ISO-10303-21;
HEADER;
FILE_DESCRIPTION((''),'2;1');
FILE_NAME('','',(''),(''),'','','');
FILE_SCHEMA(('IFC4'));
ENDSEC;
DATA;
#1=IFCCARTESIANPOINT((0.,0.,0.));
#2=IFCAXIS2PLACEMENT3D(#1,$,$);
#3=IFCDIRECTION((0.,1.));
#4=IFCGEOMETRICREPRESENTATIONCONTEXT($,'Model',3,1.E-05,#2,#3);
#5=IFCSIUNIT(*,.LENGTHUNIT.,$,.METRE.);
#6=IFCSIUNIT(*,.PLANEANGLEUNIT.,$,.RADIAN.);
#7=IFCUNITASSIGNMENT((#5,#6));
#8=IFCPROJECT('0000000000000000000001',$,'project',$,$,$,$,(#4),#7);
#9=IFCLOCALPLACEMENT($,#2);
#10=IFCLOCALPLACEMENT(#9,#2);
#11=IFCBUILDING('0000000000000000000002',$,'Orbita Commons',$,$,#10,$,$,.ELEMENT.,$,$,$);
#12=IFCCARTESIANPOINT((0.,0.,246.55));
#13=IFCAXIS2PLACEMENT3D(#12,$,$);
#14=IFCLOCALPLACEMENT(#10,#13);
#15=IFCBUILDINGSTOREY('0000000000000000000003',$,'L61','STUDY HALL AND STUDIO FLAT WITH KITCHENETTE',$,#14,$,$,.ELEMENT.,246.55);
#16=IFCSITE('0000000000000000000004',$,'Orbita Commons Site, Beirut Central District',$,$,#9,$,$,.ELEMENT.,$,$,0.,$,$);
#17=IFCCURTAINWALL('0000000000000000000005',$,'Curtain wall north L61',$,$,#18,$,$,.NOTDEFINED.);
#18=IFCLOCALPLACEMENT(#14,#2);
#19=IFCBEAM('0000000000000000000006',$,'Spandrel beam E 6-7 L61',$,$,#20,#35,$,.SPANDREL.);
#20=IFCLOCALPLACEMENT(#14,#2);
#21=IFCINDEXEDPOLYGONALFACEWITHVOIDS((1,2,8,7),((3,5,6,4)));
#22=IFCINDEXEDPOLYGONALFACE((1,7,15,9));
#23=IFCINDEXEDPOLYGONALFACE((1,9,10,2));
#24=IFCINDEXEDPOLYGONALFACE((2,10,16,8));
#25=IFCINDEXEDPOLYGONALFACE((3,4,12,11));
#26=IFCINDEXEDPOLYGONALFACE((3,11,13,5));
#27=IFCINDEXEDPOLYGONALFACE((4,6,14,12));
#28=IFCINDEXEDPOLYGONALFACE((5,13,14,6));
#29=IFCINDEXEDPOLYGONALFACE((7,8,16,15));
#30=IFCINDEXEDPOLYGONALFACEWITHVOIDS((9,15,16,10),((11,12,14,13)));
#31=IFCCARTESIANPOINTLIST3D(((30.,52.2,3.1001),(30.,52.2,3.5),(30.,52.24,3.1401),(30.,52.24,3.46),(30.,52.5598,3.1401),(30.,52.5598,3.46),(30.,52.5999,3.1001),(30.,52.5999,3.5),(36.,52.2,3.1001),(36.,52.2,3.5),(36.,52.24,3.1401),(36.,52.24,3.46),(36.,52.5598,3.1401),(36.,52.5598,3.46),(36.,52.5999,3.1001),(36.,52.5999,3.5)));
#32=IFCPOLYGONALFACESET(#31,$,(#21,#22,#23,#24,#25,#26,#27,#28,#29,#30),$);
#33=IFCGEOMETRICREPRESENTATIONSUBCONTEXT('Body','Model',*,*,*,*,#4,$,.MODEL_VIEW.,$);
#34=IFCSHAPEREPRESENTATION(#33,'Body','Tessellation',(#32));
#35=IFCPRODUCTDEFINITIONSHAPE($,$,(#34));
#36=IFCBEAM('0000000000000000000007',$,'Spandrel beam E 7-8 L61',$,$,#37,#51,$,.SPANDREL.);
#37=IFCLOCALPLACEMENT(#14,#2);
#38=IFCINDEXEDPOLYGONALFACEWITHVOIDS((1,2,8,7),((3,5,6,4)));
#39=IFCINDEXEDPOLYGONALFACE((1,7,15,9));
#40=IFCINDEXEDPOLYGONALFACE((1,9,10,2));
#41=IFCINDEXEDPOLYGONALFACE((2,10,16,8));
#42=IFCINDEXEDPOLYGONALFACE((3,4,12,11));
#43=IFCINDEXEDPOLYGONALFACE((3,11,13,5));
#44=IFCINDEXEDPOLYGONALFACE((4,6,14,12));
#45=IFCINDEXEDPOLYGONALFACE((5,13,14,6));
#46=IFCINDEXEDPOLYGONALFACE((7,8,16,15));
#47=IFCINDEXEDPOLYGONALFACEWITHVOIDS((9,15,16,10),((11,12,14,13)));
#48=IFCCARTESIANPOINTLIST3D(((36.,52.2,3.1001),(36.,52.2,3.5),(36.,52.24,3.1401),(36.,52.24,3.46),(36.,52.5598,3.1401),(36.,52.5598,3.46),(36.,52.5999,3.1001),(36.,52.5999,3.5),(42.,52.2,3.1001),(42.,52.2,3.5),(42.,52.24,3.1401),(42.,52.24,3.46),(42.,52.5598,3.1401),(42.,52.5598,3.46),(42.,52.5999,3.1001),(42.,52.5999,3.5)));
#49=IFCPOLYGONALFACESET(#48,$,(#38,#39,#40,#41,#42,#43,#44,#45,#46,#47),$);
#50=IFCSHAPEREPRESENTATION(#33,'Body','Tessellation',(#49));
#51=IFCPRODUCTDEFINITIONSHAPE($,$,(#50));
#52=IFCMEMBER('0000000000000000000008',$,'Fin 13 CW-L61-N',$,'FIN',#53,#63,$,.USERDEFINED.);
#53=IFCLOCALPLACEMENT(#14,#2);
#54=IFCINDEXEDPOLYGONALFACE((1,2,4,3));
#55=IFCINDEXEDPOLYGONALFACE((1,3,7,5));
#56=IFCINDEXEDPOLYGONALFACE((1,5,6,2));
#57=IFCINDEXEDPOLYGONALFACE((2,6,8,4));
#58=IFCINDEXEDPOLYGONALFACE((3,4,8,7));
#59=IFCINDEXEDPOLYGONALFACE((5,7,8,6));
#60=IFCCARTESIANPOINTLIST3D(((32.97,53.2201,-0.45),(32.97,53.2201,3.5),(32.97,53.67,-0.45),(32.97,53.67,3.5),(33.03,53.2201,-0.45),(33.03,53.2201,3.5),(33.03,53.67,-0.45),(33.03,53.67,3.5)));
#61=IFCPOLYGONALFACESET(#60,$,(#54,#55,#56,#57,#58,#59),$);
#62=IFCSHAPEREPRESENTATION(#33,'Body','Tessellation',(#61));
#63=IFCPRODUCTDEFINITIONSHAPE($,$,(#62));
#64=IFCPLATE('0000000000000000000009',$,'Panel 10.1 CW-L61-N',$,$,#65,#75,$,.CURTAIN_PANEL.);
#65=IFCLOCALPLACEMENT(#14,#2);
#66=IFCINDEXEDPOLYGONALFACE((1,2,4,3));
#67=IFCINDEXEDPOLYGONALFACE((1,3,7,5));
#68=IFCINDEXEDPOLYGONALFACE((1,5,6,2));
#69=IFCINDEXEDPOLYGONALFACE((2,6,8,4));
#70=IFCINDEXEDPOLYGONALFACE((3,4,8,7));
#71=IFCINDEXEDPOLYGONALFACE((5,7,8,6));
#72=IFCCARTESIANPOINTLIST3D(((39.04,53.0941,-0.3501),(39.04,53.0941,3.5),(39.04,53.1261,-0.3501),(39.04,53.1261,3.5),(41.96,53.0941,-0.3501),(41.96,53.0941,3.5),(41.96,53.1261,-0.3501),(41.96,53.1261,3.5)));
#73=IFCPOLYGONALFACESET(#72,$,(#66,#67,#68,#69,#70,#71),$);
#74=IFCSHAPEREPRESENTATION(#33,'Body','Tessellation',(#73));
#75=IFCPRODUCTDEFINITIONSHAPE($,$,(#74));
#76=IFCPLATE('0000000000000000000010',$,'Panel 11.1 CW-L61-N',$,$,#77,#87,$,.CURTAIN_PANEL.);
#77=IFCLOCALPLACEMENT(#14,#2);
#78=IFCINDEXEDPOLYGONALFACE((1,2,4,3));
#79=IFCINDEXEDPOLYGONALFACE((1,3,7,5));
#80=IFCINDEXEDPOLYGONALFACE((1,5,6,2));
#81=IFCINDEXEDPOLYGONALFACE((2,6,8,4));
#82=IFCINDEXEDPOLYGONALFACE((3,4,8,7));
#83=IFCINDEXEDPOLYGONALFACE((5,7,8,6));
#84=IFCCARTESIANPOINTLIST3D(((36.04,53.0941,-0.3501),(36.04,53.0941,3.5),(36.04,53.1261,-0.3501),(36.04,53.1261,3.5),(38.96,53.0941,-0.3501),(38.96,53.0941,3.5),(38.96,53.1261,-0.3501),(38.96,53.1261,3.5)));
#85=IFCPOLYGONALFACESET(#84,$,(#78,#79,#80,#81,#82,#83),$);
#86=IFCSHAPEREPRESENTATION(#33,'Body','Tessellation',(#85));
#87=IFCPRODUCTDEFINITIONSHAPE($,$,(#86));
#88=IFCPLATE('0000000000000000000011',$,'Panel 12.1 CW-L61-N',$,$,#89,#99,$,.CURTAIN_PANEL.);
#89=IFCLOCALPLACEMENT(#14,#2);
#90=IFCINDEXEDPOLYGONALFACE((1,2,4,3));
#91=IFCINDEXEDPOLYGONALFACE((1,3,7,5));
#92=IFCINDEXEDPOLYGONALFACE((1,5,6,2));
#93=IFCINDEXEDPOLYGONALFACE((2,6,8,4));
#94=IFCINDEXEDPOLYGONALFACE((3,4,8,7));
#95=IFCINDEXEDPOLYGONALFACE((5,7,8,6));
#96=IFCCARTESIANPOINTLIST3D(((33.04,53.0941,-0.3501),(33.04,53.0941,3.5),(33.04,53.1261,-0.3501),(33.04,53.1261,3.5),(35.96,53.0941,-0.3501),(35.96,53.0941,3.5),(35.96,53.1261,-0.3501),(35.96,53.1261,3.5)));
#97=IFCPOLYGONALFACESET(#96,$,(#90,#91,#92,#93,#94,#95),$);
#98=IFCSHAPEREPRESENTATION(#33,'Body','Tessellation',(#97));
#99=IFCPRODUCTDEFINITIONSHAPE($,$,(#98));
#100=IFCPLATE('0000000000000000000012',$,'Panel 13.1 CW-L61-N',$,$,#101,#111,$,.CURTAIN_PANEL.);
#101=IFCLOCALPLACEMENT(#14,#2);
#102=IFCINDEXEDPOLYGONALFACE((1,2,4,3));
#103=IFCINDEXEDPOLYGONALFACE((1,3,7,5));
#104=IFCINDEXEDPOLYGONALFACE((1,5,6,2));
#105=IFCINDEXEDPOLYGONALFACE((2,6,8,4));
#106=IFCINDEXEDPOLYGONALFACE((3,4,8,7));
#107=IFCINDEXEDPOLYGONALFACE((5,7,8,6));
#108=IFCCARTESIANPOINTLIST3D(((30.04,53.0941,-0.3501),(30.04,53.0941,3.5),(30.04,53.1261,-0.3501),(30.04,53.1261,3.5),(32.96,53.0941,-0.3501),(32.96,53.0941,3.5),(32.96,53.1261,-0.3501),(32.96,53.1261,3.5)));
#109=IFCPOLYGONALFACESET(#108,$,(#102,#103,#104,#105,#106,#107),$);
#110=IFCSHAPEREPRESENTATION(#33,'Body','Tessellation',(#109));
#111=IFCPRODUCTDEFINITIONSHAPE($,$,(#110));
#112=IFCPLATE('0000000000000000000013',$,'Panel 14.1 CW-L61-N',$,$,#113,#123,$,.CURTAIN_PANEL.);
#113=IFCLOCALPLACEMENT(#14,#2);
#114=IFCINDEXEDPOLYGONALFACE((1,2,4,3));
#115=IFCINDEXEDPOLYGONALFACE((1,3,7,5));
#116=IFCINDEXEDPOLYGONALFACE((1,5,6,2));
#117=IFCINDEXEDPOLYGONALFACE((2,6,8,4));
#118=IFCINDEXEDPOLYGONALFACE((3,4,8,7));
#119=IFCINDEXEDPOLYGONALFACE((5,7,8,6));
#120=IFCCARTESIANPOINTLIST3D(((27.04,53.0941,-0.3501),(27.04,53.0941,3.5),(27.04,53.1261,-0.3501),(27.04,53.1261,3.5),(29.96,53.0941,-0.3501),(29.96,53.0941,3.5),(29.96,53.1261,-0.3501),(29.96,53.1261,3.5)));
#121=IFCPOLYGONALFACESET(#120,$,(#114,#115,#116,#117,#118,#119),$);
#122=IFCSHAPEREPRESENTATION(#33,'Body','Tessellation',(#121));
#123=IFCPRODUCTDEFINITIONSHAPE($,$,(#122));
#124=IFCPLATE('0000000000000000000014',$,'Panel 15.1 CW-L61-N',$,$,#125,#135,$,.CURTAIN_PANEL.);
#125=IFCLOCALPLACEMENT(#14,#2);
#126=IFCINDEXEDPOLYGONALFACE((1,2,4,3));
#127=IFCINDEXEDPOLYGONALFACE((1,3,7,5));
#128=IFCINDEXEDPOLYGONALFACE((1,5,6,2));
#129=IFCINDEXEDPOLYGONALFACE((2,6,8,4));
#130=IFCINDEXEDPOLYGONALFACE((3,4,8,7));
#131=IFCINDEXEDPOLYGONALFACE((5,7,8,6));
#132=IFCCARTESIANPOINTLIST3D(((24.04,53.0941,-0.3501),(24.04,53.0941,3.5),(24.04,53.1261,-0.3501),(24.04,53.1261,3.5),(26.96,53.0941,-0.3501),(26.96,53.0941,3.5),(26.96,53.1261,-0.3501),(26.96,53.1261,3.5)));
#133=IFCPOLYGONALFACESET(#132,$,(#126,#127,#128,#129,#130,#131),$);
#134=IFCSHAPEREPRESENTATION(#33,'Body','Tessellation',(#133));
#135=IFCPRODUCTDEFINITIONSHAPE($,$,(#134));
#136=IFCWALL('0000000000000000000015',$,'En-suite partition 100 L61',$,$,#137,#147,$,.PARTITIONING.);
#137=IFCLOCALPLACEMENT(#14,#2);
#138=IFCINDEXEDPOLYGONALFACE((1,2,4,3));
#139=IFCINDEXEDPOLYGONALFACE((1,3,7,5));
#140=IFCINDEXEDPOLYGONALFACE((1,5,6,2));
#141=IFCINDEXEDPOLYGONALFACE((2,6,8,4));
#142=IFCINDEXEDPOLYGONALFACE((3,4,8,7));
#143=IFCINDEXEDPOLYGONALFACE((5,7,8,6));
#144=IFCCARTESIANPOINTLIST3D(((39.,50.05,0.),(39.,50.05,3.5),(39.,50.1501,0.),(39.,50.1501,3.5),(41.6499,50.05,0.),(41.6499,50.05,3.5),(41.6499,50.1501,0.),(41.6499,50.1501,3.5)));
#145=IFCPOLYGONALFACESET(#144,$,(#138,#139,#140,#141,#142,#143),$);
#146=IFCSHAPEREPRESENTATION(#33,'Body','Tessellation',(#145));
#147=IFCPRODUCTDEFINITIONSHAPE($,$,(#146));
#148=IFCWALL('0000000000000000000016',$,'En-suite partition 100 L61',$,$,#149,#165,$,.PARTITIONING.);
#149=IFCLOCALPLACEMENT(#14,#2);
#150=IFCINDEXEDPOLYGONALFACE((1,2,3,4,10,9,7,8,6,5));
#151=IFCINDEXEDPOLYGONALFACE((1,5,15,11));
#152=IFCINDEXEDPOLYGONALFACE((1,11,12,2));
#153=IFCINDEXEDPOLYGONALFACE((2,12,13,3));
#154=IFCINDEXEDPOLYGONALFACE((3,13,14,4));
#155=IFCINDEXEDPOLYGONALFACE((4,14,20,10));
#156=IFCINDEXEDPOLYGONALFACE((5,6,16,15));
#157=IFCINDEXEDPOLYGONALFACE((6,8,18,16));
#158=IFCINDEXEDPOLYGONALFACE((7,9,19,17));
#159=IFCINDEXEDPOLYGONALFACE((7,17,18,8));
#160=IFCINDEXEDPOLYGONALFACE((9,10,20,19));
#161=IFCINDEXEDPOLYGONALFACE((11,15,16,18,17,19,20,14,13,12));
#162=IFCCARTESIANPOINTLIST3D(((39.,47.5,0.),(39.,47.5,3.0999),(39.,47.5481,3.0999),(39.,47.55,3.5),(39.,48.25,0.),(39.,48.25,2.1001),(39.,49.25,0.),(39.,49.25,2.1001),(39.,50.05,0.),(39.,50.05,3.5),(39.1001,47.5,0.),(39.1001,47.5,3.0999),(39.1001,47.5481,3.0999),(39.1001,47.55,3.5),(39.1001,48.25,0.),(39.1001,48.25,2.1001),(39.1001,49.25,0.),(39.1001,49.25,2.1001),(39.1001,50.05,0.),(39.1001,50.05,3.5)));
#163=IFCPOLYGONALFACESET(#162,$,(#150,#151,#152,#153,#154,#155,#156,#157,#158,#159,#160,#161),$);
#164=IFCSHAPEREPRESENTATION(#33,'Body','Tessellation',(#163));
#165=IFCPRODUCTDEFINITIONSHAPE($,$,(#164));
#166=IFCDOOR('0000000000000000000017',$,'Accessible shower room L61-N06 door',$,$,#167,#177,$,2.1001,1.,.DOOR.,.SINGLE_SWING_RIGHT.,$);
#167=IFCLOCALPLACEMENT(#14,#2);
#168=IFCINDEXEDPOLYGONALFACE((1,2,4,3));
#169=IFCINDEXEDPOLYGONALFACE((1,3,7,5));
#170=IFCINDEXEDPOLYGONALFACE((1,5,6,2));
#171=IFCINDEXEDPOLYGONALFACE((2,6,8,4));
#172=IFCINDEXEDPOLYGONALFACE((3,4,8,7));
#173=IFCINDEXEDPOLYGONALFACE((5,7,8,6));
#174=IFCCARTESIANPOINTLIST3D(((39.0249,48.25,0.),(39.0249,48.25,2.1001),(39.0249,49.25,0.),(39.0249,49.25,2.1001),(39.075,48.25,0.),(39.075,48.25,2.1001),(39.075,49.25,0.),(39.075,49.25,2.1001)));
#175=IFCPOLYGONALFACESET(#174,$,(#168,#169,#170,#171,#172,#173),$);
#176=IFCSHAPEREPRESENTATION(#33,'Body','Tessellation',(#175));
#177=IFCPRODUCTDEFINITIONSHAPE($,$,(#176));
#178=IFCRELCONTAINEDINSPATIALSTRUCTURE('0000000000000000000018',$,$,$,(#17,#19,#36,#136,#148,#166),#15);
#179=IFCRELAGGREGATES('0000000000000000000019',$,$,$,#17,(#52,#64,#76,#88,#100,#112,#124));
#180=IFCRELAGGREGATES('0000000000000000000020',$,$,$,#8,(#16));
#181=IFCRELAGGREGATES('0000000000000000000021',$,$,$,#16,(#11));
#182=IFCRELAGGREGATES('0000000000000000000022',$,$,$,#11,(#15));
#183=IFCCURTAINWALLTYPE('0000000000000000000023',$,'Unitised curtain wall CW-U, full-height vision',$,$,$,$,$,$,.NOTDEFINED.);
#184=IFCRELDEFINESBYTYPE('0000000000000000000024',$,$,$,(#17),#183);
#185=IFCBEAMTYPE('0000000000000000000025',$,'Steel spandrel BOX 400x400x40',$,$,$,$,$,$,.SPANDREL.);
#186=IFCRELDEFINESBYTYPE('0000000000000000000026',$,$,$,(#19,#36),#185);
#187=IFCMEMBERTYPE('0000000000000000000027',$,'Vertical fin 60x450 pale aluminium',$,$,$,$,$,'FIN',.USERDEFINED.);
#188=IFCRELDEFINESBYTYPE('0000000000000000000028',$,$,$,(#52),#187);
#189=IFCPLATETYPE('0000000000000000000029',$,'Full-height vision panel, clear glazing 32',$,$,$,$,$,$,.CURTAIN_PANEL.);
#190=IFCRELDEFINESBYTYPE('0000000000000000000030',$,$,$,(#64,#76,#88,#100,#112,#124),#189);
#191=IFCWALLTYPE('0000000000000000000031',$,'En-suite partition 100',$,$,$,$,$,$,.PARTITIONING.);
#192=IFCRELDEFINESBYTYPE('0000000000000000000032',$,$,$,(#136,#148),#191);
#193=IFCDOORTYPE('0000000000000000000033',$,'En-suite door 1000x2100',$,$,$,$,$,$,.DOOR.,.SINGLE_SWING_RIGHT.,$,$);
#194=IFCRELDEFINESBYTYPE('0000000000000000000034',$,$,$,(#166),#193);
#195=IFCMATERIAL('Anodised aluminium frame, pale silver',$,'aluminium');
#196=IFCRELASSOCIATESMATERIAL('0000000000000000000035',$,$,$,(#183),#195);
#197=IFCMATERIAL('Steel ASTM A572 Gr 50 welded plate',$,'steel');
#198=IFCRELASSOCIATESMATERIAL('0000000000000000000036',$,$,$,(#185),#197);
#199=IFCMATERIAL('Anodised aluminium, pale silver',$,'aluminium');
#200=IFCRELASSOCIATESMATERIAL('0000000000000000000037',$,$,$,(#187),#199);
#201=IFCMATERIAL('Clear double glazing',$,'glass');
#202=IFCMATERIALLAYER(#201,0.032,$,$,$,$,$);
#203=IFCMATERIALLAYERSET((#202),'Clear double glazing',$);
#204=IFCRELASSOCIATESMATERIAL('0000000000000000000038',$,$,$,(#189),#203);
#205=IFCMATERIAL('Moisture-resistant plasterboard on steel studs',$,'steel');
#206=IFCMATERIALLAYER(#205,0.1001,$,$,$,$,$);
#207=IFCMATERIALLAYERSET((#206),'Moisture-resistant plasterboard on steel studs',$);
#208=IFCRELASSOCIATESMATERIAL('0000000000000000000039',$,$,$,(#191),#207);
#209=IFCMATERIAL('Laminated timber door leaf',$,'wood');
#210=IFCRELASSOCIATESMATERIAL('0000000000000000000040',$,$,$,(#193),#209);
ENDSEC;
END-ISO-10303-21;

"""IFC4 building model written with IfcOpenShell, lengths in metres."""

from ifc_helpers import new_model, si_unit, direction, frame, frame_2d, origin, origin_2d, place, context, subcontext, project, spatial, polyline, rectangle, hollow_rectangle, outline, extrude, material, layer, layer_set, material_profile, profile_set, type_object, element, fill, aggregate, save


model = new_model("IFC4")

# Units and contexts
model_context = context("Model", 3, precision=1e-05, world=origin(), true_north=direction((0.0, 1.0)))
body_context = subcontext(model_context, "Body", "Model", "MODEL_VIEW")
ifc_project = project(units=[si_unit("LENGTHUNIT", "METRE"), si_unit("PLANEANGLEUNIT", "RADIAN")], contexts=[model_context])

# Site, building, storey
site_placement = place(None, origin())
site = spatial("IfcSite", under=ifc_project, at=site_placement, Name="Orbita Commons Site, Beirut Central District", CompositionType="ELEMENT", RefElevation=0.0)
building_placement = place(site_placement, origin())
building = spatial("IfcBuilding", under=site, at=building_placement, Name="Orbita Commons", CompositionType="ELEMENT")
storey_placement = place(building_placement, frame((0.0, 0.0, 246.55)))
storey = spatial("IfcBuildingStorey", under=building, at=storey_placement, Name="L61", Description="STUDY HALL AND STUDIO FLAT WITH KITCHENETTE", CompositionType="ELEMENT", Elevation=246.55)

# Curtain wall
ifc_material_1 = material(Name="Anodised aluminium frame, pale silver", Category="aluminium")
curtain_wall_type = type_object("IfcCurtainWallType", Name="Unitised curtain wall CW-U, full-height vision", PredefinedType="NOTDEFINED", material=ifc_material_1)
curtain_wall_placement = place(storey_placement, origin())
curtain_wall = element("IfcCurtainWall", 1, at=curtain_wall_placement, inside=storey, type_object=curtain_wall_type, Name="Curtain wall north L61", PredefinedType="NOTDEFINED")

# Beams
ifc_material_2 = material(Name="Steel ASTM A572 Gr 50 welded plate", Category="steel")
ifc_material_profile_1 = material_profile(ifc_material_2, hollow_rectangle(XDim=0.3999, YDim=0.3999, WallThickness=0.04, at=origin_2d()), Name="BOX 400x400x40")
ifc_profile_set_1 = profile_set([ifc_material_profile_1], Name="Steel ASTM A572 Gr 50 welded plate")
beam_type = type_object("IfcBeamType", Name="Steel spandrel BOX 400x400x40", PredefinedType="SPANDREL", material=ifc_profile_set_1)
for number, where, z_axis, x_axis, name in (
    (2, (30.0, 52.3999, 3.3), (1.0, 0.0, 0.0), (0.0, 1.0, 0.0), "Spandrel beam E 6-7 L61"),
    (3, (36.0, 52.3999, 3.3), (1.0, 0.0, 0.0), (0.0, 1.0, 0.0), "Spandrel beam E 7-8 L61"),
):
    element("IfcBeam", number, at=place(storey_placement, frame(where, z_axis=z_axis, x_axis=x_axis)), inside=storey, type_object=beam_type, Name=name, PredefinedType="SPANDREL", context=body_context, shape_type="SweptSolid", body=[
        extrude(hollow_rectangle(XDim=0.3999, YDim=0.3999, WallThickness=0.04, at=origin_2d()), origin(), (0.0, 0.0, 1.0), 6.0),
    ])

# Member
ifc_material_3 = material(Name="Anodised aluminium, pale silver", Category="aluminium")
ifc_material_profile_2 = material_profile(ifc_material_3, rectangle(XDim=0.0601, YDim=0.45, at=origin_2d()), Name="FIN 60x450")
ifc_profile_set_2 = profile_set([ifc_material_profile_2], Name="Anodised aluminium, pale silver")
member_type_1 = type_object("IfcMemberType", Name="Vertical fin 60x450 pale aluminium", ElementType="FIN", PredefinedType="USERDEFINED", material=ifc_profile_set_2)
member_1_placement = place(storey_placement, frame((33.0, 53.4451, -0.45), z_axis=(0.0, 0.0, 1.0), x_axis=(-1.0, 0.0, 0.0)))
member_1 = element("IfcMember", 4, at=member_1_placement, type_object=member_type_1, Name="Fin 13 CW-L61-N", ObjectType="FIN", PredefinedType="USERDEFINED", context=body_context, shape_type="SweptSolid", body=[
    extrude(rectangle(XDim=0.0601, YDim=0.45, at=origin_2d()), origin(), (0.0, 0.0, 1.0), 3.95),
])

# Plates
ifc_material_4 = material(Name="Clear double glazing", Category="glass")
ifc_layer_1 = layer(ifc_material_4, 0.032)
ifc_layer_set_1 = layer_set([ifc_layer_1], Name="Clear double glazing")
plate_type = type_object("IfcPlateType", Name="Full-height vision panel, clear glazing 32", PredefinedType="CURTAIN_PANEL", material=ifc_layer_set_1)
plate_1_placement = place(storey_placement, frame((40.5, 53.1101, -0.3501), z_axis=(0.0, 0.0, 1.0), x_axis=(-1.0, 0.0, 0.0)))
plate_1 = element("IfcPlate", 5, at=plate_1_placement, type_object=plate_type, Name="Panel 10.1 CW-L61-N", PredefinedType="CURTAIN_PANEL", context=body_context, shape_type="SweptSolid", body=[
    extrude(rectangle(XDim=2.9199, YDim=0.032, at=origin_2d()), origin(), (0.0, 0.0, 1.0), 3.8501),
])
plate_2_placement = place(storey_placement, frame((37.5, 53.1101, -0.3501), z_axis=(0.0, 0.0, 1.0), x_axis=(-1.0, 0.0, 0.0)))
plate_2 = element("IfcPlate", 6, at=plate_2_placement, type_object=plate_type, Name="Panel 11.1 CW-L61-N", PredefinedType="CURTAIN_PANEL", context=body_context, shape_type="SweptSolid", body=[
    extrude(rectangle(XDim=2.9199, YDim=0.032, at=origin_2d()), origin(), (0.0, 0.0, 1.0), 3.8501),
])
plate_3_placement = place(storey_placement, frame((34.5, 53.1101, -0.3501), z_axis=(0.0, 0.0, 1.0), x_axis=(-1.0, 0.0, 0.0)))
plate_3 = element("IfcPlate", 7, at=plate_3_placement, type_object=plate_type, Name="Panel 12.1 CW-L61-N", PredefinedType="CURTAIN_PANEL", context=body_context, shape_type="SweptSolid", body=[
    extrude(rectangle(XDim=2.9199, YDim=0.032, at=origin_2d()), origin(), (0.0, 0.0, 1.0), 3.8501),
])
plate_4_placement = place(storey_placement, frame((31.5, 53.1101, -0.3501), z_axis=(0.0, 0.0, 1.0), x_axis=(-1.0, 0.0, 0.0)))
plate_4 = element("IfcPlate", 8, at=plate_4_placement, type_object=plate_type, Name="Panel 13.1 CW-L61-N", PredefinedType="CURTAIN_PANEL", context=body_context, shape_type="SweptSolid", body=[
    extrude(rectangle(XDim=2.9199, YDim=0.032, at=origin_2d()), origin(), (0.0, 0.0, 1.0), 3.8501),
])
plate_5_placement = place(storey_placement, frame((28.5, 53.1101, -0.3501), z_axis=(0.0, 0.0, 1.0), x_axis=(-1.0, 0.0, 0.0)))
plate_5 = element("IfcPlate", 9, at=plate_5_placement, type_object=plate_type, Name="Panel 14.1 CW-L61-N", PredefinedType="CURTAIN_PANEL", context=body_context, shape_type="SweptSolid", body=[
    extrude(rectangle(XDim=2.9199, YDim=0.032, at=origin_2d()), origin(), (0.0, 0.0, 1.0), 3.8501),
])
plate_6_placement = place(storey_placement, frame((25.5, 53.1101, -0.3501), z_axis=(0.0, 0.0, 1.0), x_axis=(-1.0, 0.0, 0.0)))
plate_6 = element("IfcPlate", 10, at=plate_6_placement, type_object=plate_type, Name="Panel 15.1 CW-L61-N", PredefinedType="CURTAIN_PANEL", context=body_context, shape_type="SweptSolid", body=[
    extrude(rectangle(XDim=2.9199, YDim=0.032, at=origin_2d()), origin(), (0.0, 0.0, 1.0), 3.8501),
])
aggregate(curtain_wall, [member_1, plate_1, plate_2, plate_3, plate_4, plate_5, plate_6])

# Wall
ifc_material_5 = material(Name="Moisture-resistant plasterboard on steel studs", Category="steel")
ifc_layer_2 = layer(ifc_material_5, 0.1001)
ifc_layer_set_2 = layer_set([ifc_layer_2], Name="Moisture-resistant plasterboard on steel studs")
wall_type_1 = type_object("IfcWallType", Name="En-suite partition 100", PredefinedType="PARTITIONING", material=ifc_layer_set_2)
wall_1_placement = place(storey_placement, frame((39.0, 50.1001, 0.0), z_axis=(0.0, 0.0, 1.0), x_axis=(1.0, 0.0, 0.0)))
element("IfcWall", 11, at=wall_1_placement, inside=storey, type_object=wall_type_1, Name="En-suite partition 100 L61", PredefinedType="PARTITIONING", context=body_context, shape_type="SweptSolid", body=[
    extrude(rectangle(XDim=2.6499, YDim=0.1001, at=frame_2d((1.325, 0.0))), origin(), (0.0, 0.0, 1.0), 3.5),
])

# Wall, opening, door
wall_2_placement = place(storey_placement, frame((39.05, 50.05, 0.0), z_axis=(0.0, 0.0, 1.0), x_axis=(0.0, -1.0, 0.0)))
wall_2 = element("IfcWall", 12, at=wall_2_placement, inside=storey, type_object=wall_type_1, Name="En-suite partition 100 L61", PredefinedType="PARTITIONING", context=body_context, shape_type="SweptSolid", body=[
    extrude(outline(polyline([(0.0, 0.0), (2.55, 0.0), (2.55, 3.0999), (2.502, 3.0999), (2.5, 3.5), (0.0, 3.5), (0.0, 0.0)])), frame((0.0, 0.05, 0.0), z_axis=(0.0, -1.0, 0.0), x_axis=(1.0, 0.0, 0.0)), (0.0, 0.0, 1.0), 0.1001),
])
opening_placement = place(wall_2_placement, frame((0.8, 0.0, 0.0)))
opening = element("IfcOpeningElement", 13, at=opening_placement, cuts=wall_2, PredefinedType="OPENING", context=body_context, shape_type="SweptSolid", body=[
    extrude(rectangle(XDim=1.0, YDim=2.1001, at=frame_2d((0.5, 1.05))), frame((0.0, 0.0601, 0.0), z_axis=(0.0, -1.0, 0.0), x_axis=(1.0, 0.0, 0.0)), (0.0, 0.0, 1.0), 0.1201),
])
ifc_material_6 = material(Name="Laminated timber door leaf", Category="wood")
door_type = type_object("IfcDoorType", Name="En-suite door 1000x2100", OperationType="SINGLE_SWING_RIGHT", PredefinedType="DOOR", material=ifc_material_6)
door_placement = place(opening_placement, origin())
door = element("IfcDoor", 14, at=door_placement, inside=storey, type_object=door_type, Name="Accessible shower room L61-N06 door", OperationType="SINGLE_SWING_RIGHT", OverallHeight=2.1001, OverallWidth=1.0, PredefinedType="DOOR", context=body_context, shape_type="SweptSolid", body=[
    extrude(rectangle(XDim=1.0, YDim=2.1001, at=frame_2d((0.5, 1.05))), frame((0.0, 0.0249, 0.0), z_axis=(0.0, -1.0, 0.0), x_axis=(1.0, 0.0, 0.0)), (0.0, 0.0, 1.0), 0.05),
])
fill(opening, door)

save(model, "model.ifc")
